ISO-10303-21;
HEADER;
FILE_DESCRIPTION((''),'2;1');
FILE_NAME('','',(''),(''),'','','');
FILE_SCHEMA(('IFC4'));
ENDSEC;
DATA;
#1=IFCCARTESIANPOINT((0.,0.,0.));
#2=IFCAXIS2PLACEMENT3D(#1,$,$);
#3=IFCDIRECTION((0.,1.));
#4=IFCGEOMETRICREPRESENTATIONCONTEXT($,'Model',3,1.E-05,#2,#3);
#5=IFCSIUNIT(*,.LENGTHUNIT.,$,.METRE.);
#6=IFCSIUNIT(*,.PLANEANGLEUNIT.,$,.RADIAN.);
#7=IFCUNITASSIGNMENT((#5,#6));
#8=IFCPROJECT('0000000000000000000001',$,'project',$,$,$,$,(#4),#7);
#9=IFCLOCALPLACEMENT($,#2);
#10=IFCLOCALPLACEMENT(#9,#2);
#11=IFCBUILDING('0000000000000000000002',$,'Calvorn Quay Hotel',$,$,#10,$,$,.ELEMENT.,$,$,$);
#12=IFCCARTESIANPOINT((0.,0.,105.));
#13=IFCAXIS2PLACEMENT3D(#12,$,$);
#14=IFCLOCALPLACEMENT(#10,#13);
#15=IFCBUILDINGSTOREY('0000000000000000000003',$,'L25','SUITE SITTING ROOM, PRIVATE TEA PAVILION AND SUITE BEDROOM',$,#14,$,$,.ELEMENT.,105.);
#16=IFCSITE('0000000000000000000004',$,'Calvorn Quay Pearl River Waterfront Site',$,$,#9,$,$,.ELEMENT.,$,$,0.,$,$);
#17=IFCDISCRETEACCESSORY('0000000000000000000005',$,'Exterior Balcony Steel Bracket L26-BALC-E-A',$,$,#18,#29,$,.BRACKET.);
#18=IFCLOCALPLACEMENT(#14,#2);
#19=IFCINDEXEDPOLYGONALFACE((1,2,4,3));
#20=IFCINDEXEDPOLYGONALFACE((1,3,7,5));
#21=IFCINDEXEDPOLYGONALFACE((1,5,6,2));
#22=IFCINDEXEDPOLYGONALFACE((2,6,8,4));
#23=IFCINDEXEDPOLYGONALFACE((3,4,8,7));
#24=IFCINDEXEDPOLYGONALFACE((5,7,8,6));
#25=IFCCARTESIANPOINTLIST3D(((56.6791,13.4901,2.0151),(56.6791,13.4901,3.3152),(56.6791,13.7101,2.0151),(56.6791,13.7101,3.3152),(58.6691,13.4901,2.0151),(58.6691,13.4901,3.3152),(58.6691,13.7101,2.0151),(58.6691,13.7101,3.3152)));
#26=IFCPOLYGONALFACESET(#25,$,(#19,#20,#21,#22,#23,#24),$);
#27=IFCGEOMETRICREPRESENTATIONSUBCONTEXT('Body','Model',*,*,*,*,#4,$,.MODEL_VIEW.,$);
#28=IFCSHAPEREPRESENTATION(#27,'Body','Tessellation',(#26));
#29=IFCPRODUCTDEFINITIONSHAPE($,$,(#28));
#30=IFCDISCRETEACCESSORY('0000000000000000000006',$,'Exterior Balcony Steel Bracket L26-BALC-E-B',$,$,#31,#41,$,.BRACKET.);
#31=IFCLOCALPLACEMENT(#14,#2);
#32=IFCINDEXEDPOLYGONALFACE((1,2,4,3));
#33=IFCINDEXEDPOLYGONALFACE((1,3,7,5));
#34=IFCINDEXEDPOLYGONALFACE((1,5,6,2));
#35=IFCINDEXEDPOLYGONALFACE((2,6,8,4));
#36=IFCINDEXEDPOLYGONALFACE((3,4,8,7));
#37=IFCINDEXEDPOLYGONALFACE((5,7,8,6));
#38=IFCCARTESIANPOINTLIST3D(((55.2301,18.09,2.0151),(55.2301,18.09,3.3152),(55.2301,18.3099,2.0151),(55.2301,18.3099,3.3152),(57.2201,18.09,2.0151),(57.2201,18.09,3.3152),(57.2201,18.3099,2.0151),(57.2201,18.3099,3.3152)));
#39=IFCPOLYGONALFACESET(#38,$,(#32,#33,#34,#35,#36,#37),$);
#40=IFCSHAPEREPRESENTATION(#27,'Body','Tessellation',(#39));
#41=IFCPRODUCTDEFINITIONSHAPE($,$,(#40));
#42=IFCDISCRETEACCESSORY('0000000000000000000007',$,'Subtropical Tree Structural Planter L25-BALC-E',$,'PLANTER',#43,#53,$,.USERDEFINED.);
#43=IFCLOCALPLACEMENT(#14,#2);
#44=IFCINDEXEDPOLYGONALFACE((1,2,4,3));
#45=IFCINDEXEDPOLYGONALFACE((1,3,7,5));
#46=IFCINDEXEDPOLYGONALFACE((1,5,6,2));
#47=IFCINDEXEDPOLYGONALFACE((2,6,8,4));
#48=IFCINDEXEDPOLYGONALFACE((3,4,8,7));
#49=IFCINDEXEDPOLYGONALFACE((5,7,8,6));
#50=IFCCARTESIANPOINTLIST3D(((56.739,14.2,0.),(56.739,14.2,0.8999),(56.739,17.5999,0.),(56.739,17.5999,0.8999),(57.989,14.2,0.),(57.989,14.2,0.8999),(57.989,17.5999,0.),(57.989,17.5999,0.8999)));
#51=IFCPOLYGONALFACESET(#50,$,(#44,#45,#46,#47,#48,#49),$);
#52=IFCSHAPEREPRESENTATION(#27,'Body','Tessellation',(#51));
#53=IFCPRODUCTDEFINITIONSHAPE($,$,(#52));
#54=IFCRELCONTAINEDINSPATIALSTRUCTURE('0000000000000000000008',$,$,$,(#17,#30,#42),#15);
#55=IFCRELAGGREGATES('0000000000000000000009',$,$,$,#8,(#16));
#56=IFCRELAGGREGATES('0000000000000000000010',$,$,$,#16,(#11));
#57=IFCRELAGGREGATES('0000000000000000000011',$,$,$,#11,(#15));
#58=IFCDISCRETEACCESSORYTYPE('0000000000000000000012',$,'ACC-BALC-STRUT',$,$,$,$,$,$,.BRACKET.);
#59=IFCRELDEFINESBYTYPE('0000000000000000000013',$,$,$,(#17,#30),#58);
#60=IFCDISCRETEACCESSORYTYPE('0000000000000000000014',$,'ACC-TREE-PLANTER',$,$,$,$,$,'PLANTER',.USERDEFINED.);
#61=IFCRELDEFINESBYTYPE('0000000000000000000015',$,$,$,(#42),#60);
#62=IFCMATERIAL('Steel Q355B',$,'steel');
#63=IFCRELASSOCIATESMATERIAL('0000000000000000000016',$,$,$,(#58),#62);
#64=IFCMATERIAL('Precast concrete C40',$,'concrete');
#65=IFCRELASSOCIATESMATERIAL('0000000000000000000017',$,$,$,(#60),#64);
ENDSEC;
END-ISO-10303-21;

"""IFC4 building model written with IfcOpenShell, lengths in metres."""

from ifc_helpers import new_model, si_unit, direction, frame, origin, origin_2d, place, context, subcontext, project, spatial, rectangle, extrude, material, type_object, element, save


model = new_model("IFC4")

# Units and contexts
model_context = context("Model", 3, precision=1e-05, world=origin(), true_north=direction((0.0, 1.0)))
body_context = subcontext(model_context, "Body", "Model", "MODEL_VIEW")
ifc_project = project(units=[si_unit("LENGTHUNIT", "METRE"), si_unit("PLANEANGLEUNIT", "RADIAN")], contexts=[model_context])

# Site, building, storey
site_placement = place(None, origin())
site = spatial("IfcSite", under=ifc_project, at=site_placement, Name="Calvorn Quay Pearl River Waterfront Site", CompositionType="ELEMENT", RefElevation=0.0)
building_placement = place(site_placement, origin())
building = spatial("IfcBuilding", under=site, at=building_placement, Name="Calvorn Quay Hotel", CompositionType="ELEMENT")
storey_placement = place(building_placement, frame((0.0, 0.0, 105.0)))
storey = spatial("IfcBuildingStorey", under=building, at=storey_placement, Name="L25", Description="SUITE SITTING ROOM, PRIVATE TEA PAVILION AND SUITE BEDROOM", CompositionType="ELEMENT", Elevation=105.0)

# Discrete accessories
ifc_material_1 = material(Name="Steel Q355B", Category="steel")
discrete_accessory_type_1 = type_object("IfcDiscreteAccessoryType", Name="ACC-BALC-STRUT", PredefinedType="BRACKET", material=ifc_material_1)
for number, where, z_axis, x_axis, name in (
    (1, (57.6741, 13.6001, 2.0151), (0.0, 0.0, 1.0), (1.0, 0.0, 0.0), "Exterior Balcony Steel Bracket L26-BALC-E-A"),
    (2, (56.2251, 18.2, 2.0151), (0.0, 0.0, 1.0), (1.0, 0.0, 0.0), "Exterior Balcony Steel Bracket L26-BALC-E-B"),
):
    element("IfcDiscreteAccessory", number, at=place(storey_placement, frame(where, z_axis=z_axis, x_axis=x_axis)), inside=storey, type_object=discrete_accessory_type_1, Name=name, PredefinedType="BRACKET", context=body_context, shape_type="SweptSolid", body=[
        extrude(rectangle(XDim=1.99, YDim=0.22, at=origin_2d()), origin(), (0.0, 0.0, 1.0), 1.3),
    ])
ifc_material_2 = material(Name="Precast concrete C40", Category="concrete")
discrete_accessory_type_2 = type_object("IfcDiscreteAccessoryType", Name="ACC-TREE-PLANTER", ElementType="PLANTER", PredefinedType="USERDEFINED", material=ifc_material_2)
discrete_accessory_placement = place(storey_placement, frame((57.364, 15.8999, 0.0), z_axis=(0.0, 0.0, 1.0), x_axis=(1.0, 0.0, 0.0)))
element("IfcDiscreteAccessory", 3, at=discrete_accessory_placement, inside=storey, type_object=discrete_accessory_type_2, Name="Subtropical Tree Structural Planter L25-BALC-E", ObjectType="PLANTER", PredefinedType="USERDEFINED", context=body_context, shape_type="SweptSolid", body=[
    extrude(rectangle(XDim=1.25, YDim=3.3999, at=origin_2d()), origin(), (0.0, 0.0, 1.0), 0.8999),
])

save(model, "model.ifc")
